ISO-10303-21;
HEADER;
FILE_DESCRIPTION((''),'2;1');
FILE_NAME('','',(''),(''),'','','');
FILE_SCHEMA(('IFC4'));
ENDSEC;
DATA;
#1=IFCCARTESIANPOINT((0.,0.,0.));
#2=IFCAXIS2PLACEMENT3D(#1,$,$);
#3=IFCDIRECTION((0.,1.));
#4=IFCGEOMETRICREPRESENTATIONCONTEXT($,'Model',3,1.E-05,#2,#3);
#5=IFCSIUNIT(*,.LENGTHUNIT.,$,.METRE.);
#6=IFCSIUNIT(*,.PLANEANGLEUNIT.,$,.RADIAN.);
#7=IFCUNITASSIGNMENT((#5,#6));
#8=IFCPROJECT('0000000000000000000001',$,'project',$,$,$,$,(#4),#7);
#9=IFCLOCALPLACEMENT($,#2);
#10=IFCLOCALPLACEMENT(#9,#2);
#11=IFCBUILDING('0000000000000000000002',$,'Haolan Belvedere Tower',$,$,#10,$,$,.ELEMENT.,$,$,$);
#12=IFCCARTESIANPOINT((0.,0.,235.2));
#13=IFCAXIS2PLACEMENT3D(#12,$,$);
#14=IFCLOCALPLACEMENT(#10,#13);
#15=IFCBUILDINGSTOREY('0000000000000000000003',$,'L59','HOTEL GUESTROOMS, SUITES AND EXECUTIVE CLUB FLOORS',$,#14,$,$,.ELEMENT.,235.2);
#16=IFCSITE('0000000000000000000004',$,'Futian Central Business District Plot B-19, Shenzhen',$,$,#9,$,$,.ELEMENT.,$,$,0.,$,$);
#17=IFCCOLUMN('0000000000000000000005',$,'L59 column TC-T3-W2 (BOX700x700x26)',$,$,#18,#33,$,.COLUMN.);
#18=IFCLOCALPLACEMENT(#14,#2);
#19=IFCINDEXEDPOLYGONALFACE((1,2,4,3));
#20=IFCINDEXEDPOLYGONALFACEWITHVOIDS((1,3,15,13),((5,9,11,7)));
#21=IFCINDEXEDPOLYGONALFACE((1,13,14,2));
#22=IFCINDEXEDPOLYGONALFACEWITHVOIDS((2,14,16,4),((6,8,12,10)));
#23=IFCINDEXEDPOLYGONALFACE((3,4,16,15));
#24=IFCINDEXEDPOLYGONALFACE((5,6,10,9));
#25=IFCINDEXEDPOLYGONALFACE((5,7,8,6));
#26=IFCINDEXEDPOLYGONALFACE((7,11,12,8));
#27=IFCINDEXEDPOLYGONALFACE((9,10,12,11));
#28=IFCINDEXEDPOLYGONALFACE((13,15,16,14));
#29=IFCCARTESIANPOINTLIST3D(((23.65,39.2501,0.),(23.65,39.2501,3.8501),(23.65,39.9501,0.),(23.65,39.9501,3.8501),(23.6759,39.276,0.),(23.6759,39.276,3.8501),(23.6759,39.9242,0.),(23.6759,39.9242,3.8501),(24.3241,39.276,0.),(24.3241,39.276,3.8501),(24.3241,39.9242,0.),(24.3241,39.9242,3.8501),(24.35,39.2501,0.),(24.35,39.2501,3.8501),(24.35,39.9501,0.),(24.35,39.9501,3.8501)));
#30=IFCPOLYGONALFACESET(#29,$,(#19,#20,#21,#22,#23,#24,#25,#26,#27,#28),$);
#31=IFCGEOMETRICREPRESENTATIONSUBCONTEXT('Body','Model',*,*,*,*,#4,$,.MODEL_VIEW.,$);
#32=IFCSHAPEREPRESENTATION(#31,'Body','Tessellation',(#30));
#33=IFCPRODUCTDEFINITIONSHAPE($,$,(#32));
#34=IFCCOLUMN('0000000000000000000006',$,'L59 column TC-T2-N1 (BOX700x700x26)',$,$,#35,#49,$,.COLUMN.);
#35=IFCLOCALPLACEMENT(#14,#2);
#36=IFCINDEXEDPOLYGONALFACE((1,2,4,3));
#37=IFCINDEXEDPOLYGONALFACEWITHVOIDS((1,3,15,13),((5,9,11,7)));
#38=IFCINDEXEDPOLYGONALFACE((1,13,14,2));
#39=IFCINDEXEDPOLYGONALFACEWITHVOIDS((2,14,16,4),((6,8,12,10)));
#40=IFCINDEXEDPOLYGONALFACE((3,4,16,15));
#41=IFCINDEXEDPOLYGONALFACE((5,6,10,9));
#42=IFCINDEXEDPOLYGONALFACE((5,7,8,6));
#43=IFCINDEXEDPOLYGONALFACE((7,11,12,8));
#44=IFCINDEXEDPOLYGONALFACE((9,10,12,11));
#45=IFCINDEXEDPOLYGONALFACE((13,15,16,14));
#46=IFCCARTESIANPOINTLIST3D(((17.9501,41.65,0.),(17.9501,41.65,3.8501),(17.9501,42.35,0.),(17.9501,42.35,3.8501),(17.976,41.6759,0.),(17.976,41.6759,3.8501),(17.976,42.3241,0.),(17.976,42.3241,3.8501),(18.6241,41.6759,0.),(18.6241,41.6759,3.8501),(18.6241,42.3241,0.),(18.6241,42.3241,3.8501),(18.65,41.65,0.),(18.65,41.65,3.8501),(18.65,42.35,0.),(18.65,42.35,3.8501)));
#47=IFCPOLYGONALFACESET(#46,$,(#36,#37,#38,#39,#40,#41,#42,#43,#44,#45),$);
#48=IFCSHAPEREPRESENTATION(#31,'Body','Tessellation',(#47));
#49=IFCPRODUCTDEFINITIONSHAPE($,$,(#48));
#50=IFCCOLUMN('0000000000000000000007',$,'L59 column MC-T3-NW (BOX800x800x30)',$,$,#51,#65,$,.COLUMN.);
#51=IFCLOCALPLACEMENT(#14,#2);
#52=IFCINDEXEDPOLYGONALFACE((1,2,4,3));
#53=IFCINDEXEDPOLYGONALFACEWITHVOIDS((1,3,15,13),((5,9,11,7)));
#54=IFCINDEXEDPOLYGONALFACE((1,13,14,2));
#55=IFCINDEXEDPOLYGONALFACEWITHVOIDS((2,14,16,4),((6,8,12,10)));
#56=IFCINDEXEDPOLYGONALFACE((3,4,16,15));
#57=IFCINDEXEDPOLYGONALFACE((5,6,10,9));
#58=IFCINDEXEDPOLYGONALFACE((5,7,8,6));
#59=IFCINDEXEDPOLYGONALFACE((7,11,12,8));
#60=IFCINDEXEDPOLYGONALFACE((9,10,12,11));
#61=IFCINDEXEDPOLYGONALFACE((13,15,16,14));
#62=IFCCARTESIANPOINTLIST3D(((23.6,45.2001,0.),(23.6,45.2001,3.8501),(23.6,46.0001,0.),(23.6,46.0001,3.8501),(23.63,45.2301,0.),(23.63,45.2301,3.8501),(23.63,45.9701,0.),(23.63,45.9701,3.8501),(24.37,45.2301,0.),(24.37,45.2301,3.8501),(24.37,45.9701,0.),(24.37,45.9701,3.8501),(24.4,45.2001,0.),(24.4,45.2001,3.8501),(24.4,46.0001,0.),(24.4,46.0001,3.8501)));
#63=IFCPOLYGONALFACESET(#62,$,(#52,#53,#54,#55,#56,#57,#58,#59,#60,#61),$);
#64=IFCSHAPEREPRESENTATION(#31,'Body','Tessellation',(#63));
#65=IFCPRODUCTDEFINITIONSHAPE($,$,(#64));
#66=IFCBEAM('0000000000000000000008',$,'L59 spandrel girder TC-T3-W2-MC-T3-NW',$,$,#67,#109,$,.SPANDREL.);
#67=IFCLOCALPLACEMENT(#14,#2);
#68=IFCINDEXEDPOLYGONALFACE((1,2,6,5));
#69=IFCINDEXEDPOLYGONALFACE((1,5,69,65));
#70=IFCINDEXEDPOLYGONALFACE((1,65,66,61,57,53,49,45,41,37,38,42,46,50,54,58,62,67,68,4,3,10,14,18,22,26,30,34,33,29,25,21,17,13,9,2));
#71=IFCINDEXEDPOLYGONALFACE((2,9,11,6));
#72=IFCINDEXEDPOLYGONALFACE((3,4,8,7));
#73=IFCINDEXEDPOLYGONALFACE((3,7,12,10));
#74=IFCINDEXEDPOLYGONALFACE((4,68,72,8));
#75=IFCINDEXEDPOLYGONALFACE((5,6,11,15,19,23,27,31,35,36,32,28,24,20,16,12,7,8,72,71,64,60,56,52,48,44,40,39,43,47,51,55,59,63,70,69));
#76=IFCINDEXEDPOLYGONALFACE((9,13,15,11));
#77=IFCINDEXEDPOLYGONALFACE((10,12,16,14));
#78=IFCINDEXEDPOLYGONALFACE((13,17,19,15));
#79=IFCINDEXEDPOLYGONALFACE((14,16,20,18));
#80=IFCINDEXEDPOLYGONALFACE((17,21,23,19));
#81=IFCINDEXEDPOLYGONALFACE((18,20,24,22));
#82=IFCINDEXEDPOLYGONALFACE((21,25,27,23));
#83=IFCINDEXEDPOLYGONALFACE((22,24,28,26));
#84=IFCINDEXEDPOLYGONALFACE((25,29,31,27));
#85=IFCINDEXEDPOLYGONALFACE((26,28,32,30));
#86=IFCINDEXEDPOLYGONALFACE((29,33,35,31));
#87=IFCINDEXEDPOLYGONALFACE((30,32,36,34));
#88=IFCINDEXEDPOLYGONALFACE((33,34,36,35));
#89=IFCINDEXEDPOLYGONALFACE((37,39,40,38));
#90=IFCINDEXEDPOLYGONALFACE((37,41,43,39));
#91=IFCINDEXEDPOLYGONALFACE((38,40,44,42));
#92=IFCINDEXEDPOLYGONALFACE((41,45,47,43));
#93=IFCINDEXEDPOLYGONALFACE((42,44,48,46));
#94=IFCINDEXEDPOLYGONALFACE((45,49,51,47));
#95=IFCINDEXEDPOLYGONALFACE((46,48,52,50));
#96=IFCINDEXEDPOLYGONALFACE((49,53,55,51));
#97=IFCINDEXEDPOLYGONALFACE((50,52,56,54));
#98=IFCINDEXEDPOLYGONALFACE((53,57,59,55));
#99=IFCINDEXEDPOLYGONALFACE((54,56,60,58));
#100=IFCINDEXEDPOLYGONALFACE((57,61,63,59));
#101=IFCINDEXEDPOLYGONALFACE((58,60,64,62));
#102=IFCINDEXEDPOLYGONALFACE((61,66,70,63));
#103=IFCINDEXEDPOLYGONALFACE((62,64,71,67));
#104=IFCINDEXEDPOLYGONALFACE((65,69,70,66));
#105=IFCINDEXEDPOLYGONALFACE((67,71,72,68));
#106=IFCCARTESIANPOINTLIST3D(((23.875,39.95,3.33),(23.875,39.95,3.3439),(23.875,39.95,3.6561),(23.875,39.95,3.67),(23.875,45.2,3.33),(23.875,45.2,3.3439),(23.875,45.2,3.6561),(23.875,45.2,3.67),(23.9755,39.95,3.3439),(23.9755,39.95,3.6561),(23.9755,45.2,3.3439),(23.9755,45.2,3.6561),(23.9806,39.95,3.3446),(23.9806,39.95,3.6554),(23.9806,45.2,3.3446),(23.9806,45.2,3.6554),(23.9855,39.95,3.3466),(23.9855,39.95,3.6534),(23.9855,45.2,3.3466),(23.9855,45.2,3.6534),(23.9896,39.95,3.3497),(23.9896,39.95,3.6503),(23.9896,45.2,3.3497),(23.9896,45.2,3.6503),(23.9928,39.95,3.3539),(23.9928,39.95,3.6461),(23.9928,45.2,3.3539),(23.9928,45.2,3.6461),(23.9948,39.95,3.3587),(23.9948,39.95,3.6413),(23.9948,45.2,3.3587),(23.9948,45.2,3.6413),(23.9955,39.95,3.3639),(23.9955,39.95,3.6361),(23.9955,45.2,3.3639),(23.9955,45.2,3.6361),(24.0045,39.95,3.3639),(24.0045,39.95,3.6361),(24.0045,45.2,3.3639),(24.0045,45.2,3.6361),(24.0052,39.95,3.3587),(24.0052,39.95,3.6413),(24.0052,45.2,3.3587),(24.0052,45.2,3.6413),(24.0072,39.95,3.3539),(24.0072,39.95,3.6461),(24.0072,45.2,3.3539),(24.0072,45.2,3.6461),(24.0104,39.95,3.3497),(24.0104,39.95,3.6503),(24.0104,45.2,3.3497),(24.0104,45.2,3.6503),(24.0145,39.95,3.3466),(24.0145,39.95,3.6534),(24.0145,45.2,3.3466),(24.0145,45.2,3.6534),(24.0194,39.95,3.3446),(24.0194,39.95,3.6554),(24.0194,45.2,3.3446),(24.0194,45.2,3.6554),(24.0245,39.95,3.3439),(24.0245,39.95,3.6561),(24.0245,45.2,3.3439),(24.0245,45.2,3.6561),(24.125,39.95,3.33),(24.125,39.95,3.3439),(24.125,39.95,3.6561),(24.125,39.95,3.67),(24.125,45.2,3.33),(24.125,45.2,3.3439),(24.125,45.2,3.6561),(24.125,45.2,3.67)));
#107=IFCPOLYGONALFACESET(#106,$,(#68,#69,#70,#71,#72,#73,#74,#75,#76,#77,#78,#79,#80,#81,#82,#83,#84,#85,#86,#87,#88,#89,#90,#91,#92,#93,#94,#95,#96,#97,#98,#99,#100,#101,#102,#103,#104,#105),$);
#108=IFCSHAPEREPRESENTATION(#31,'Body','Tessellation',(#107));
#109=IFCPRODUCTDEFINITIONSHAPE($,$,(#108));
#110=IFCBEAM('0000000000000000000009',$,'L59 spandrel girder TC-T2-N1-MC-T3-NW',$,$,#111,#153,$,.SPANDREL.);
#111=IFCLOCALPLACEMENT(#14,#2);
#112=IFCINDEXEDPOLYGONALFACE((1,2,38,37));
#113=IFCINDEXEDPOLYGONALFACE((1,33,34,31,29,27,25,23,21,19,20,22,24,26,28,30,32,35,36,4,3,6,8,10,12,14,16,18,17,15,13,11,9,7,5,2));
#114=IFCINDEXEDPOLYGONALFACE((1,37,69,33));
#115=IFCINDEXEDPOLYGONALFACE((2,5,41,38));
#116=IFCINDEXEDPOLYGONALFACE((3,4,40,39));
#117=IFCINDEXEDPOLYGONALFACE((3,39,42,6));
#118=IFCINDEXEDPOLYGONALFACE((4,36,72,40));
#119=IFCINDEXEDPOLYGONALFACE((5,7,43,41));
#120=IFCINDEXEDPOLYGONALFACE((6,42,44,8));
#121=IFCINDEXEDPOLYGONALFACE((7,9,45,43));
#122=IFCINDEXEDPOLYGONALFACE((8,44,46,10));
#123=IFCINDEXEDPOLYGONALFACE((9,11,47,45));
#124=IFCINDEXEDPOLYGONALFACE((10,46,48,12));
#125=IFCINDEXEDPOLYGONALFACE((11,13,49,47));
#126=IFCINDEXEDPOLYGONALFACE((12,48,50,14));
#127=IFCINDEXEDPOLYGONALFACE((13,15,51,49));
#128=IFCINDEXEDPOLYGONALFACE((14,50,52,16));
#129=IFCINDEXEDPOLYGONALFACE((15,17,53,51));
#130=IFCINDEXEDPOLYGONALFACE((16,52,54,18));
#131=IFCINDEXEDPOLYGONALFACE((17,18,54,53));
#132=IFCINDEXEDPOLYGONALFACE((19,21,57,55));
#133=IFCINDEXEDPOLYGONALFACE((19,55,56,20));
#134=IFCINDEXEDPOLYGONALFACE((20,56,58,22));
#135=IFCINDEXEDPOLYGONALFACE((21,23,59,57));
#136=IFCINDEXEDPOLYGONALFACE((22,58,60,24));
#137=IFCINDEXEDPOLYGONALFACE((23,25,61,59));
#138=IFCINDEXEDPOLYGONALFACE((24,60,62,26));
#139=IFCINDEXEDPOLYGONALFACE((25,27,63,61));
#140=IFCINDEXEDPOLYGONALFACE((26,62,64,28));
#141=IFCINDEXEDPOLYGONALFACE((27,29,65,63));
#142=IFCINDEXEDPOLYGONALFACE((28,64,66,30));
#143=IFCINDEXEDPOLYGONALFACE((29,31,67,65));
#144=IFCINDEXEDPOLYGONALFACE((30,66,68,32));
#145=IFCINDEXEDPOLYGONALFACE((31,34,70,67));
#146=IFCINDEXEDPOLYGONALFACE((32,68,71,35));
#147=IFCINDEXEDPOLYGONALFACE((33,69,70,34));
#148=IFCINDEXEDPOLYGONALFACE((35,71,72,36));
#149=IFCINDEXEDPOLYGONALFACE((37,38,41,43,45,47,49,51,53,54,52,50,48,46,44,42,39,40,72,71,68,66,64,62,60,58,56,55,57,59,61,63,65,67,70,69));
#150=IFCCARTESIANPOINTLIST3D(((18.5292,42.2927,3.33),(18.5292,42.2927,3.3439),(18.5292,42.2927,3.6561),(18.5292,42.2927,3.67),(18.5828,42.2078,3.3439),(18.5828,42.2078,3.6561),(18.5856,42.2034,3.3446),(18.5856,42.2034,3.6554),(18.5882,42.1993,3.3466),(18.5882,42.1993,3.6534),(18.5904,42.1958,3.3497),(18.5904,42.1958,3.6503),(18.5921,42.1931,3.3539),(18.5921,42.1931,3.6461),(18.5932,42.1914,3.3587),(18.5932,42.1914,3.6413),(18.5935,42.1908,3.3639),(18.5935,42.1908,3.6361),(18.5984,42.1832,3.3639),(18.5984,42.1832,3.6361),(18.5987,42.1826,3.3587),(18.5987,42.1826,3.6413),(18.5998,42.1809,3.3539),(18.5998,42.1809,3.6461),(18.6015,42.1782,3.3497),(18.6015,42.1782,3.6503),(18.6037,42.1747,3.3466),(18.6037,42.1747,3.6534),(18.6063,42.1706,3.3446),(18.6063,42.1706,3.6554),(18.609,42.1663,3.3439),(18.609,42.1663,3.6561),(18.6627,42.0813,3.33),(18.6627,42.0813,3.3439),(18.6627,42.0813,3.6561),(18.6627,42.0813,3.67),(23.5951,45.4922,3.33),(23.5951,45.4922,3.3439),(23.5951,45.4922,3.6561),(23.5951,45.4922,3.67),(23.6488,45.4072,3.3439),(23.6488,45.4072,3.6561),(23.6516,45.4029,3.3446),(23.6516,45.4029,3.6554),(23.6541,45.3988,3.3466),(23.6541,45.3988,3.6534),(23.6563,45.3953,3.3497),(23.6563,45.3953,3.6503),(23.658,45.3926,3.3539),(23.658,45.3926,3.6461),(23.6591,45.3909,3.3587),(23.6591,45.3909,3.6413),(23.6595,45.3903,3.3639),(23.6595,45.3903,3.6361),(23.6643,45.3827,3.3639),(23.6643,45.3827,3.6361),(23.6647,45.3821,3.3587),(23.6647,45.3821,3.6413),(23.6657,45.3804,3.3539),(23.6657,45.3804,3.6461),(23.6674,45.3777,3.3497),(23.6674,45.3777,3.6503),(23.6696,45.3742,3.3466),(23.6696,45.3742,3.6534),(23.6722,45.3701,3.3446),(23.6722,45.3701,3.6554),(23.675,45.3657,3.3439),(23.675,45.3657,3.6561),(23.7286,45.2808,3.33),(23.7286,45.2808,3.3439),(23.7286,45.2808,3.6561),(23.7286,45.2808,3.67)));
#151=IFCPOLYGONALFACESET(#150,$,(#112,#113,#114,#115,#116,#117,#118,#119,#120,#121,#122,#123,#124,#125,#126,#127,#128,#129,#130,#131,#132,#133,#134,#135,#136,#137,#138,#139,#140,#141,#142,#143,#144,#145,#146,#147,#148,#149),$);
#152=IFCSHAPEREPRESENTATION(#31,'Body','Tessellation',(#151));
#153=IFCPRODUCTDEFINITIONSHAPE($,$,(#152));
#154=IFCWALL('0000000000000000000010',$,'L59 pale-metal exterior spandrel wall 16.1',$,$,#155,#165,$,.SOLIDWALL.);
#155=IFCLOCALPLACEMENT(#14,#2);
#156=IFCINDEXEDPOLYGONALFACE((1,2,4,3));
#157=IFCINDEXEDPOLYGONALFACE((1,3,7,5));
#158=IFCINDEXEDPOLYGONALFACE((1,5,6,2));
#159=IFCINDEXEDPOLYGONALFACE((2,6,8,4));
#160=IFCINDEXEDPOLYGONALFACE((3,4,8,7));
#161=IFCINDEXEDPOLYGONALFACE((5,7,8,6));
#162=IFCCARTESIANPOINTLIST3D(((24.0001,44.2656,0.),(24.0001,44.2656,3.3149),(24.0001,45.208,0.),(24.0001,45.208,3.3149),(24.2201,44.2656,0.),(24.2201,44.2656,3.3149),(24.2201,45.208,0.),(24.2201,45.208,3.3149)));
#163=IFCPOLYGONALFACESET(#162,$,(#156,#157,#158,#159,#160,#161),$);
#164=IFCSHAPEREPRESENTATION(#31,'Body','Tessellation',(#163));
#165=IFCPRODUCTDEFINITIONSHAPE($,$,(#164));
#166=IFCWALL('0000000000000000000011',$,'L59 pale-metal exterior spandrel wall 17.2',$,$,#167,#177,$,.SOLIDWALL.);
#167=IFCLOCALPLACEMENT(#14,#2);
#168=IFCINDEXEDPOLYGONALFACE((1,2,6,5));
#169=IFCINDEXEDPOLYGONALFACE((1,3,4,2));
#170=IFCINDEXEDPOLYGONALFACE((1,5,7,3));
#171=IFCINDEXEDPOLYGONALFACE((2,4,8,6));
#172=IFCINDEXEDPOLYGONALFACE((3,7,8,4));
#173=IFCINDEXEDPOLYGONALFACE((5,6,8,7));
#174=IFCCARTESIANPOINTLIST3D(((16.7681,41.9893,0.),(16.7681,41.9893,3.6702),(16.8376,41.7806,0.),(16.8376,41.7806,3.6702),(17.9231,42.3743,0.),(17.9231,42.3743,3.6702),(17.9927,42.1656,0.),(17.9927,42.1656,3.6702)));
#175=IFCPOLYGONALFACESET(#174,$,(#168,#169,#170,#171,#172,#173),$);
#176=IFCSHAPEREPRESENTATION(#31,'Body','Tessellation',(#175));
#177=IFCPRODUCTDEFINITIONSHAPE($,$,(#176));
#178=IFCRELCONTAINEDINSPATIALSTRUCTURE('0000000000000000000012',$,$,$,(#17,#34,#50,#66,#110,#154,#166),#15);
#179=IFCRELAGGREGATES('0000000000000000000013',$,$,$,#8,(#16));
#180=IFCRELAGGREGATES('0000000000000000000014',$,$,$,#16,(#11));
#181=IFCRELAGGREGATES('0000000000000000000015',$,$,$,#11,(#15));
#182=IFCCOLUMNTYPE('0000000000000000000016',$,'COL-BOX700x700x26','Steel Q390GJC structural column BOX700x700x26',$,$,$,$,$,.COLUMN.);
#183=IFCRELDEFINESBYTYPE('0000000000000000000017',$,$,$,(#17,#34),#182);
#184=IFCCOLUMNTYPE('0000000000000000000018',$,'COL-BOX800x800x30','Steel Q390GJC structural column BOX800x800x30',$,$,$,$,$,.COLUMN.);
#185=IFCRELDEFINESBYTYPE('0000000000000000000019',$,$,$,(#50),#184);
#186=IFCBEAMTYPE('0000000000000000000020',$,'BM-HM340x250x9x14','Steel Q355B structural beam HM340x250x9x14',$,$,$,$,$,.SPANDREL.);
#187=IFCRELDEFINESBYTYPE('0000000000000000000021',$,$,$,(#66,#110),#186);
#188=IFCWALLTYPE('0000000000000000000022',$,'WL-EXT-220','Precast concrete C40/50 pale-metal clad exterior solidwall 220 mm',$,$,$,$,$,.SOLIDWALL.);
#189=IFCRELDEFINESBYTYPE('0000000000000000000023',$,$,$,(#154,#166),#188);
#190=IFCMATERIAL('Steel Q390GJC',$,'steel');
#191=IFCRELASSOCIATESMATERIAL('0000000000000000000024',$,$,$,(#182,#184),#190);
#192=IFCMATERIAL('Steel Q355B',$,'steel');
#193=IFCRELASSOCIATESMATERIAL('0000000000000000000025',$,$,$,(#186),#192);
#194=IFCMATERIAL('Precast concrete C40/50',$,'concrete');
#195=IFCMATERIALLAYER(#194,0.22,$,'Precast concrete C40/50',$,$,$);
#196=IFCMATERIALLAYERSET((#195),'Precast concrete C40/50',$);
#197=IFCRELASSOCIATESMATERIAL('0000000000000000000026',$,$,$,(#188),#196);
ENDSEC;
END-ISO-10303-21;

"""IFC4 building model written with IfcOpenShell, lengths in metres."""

from ifc_helpers import new_model, si_unit, direction, frame, frame_2d, origin, origin_2d, place, context, subcontext, project, spatial, rectangle, hollow_rectangle, i_section, extrude, material, layer, layer_set, material_profile, profile_set, type_object, element, save


model = new_model("IFC4")

# Units and contexts
model_context = context("Model", 3, precision=1e-05, world=origin(), true_north=direction((0.0, 1.0)))
body_context = subcontext(model_context, "Body", "Model", "MODEL_VIEW")
ifc_project = project(units=[si_unit("LENGTHUNIT", "METRE"), si_unit("PLANEANGLEUNIT", "RADIAN")], contexts=[model_context])

# Site, building, storey
site_placement = place(None, origin())
site = spatial("IfcSite", under=ifc_project, at=site_placement, Name="Futian Central Business District Plot B-19, Shenzhen", CompositionType="ELEMENT", RefElevation=0.0)
building_placement = place(site_placement, origin())
building = spatial("IfcBuilding", under=site, at=building_placement, Name="Haolan Belvedere Tower", CompositionType="ELEMENT")
storey_placement = place(building_placement, frame((0.0, 0.0, 235.2)))
storey = spatial("IfcBuildingStorey", under=building, at=storey_placement, Name="L59", Description="HOTEL GUESTROOMS, SUITES AND EXECUTIVE CLUB FLOORS", CompositionType="ELEMENT", Elevation=235.2)

# Columns
ifc_material_1 = material(Name="Steel Q390GJC", Category="steel")
ifc_material_profile_1 = material_profile(ifc_material_1, hollow_rectangle(XDim=0.7, YDim=0.7, WallThickness=0.0259, at=origin_2d()), Name="Steel Q390GJC")
ifc_profile_set_1 = profile_set([ifc_material_profile_1], Name="Steel Q390GJC")
column_type_1 = type_object("IfcColumnType", Name="COL-BOX700x700x26", Description="Steel Q390GJC structural column BOX700x700x26", PredefinedType="COLUMN", material=ifc_profile_set_1)
for number, where, z_axis, x_axis, name in (
    (1, (24.0, 39.6001, 0.0), (0.0, 0.0, 1.0), (1.0, 0.0, 0.0), "L59 column TC-T3-W2 (BOX700x700x26)"),
    (2, (18.3, 42.0, 0.0), (0.0, 0.0, 1.0), (1.0, 0.0, 0.0), "L59 column TC-T2-N1 (BOX700x700x26)"),
):
    element("IfcColumn", number, at=place(storey_placement, frame(where, z_axis=z_axis, x_axis=x_axis)), inside=storey, type_object=column_type_1, Name=name, PredefinedType="COLUMN", context=body_context, shape_type="SweptSolid", body=[
        extrude(hollow_rectangle(XDim=0.7, YDim=0.7, WallThickness=0.0259, at=origin_2d()), origin(), (0.0, 0.0, 1.0), 3.8501),
    ])
ifc_material_profile_2 = material_profile(ifc_material_1, hollow_rectangle(XDim=0.8, YDim=0.8, WallThickness=0.03, at=origin_2d()), Name="Steel Q390GJC")
ifc_profile_set_2 = profile_set([ifc_material_profile_2], Name="Steel Q390GJC")
column_type_2 = type_object("IfcColumnType", Name="COL-BOX800x800x30", Description="Steel Q390GJC structural column BOX800x800x30", PredefinedType="COLUMN", material=ifc_profile_set_2)
column_placement = place(storey_placement, frame((24.0, 45.6001, 0.0), z_axis=(0.0, 0.0, 1.0), x_axis=(1.0, 0.0, 0.0)))
element("IfcColumn", 3, at=column_placement, inside=storey, type_object=column_type_2, Name="L59 column MC-T3-NW (BOX800x800x30)", PredefinedType="COLUMN", context=body_context, shape_type="SweptSolid", body=[
    extrude(hollow_rectangle(XDim=0.8, YDim=0.8, WallThickness=0.03, at=origin_2d()), origin(), (0.0, 0.0, 1.0), 3.8501),
])

# Beams
ifc_material_2 = material(Name="Steel Q355B", Category="steel")
ifc_material_profile_3 = material_profile(ifc_material_2, i_section(OverallWidth=0.25, OverallDepth=0.3401, WebThickness=0.009, FlangeThickness=0.0139, FilletRadius=0.02, at=origin_2d()), Name="Steel Q355B")
ifc_profile_set_3 = profile_set([ifc_material_profile_3], Name="Steel Q355B")
beam_type = type_object("IfcBeamType", Name="BM-HM340x250x9x14", Description="Steel Q355B structural beam HM340x250x9x14", PredefinedType="SPANDREL", material=ifc_profile_set_3)
beam_1_placement = place(storey_placement, frame((24.0, 39.95, 3.5), z_axis=(0.0, 1.0, 0.0), x_axis=(-1.0, 0.0, 0.0)))
element("IfcBeam", 4, at=beam_1_placement, inside=storey, type_object=beam_type, Name="L59 spandrel girder TC-T3-W2-MC-T3-NW", PredefinedType="SPANDREL", context=body_context, shape_type="SweptSolid", body=[
    extrude(i_section(OverallWidth=0.25, OverallDepth=0.3401, WebThickness=0.009, FlangeThickness=0.0139, FilletRadius=0.02, at=origin_2d()), origin(), (0.0, 0.0, 1.0), 5.25),
])
beam_2_placement = place(storey_placement, frame((18.5959, 42.187, 3.5), z_axis=(0.845494, 0.533985, 0.0), x_axis=(-0.533985, 0.845494, 0.0)))
element("IfcBeam", 5, at=beam_2_placement, inside=storey, type_object=beam_type, Name="L59 spandrel girder TC-T2-N1-MC-T3-NW", PredefinedType="SPANDREL", context=body_context, shape_type="SweptSolid", body=[
    extrude(i_section(OverallWidth=0.25, OverallDepth=0.3401, WebThickness=0.009, FlangeThickness=0.0139, FilletRadius=0.02, at=origin_2d()), origin(), (0.0, 0.0, 1.0), 5.9917),
])

# Walls
ifc_material_3 = material(Name="Precast concrete C40/50", Category="concrete")
ifc_layer_1 = layer(ifc_material_3, 0.22, Name="Precast concrete C40/50")
ifc_layer_set_1 = layer_set([ifc_layer_1], Name="Precast concrete C40/50")
wall_type_1 = type_object("IfcWallType", Name="WL-EXT-220", Description="Precast concrete C40/50 pale-metal clad exterior solidwall 220 mm", PredefinedType="SOLIDWALL", material=ifc_layer_set_1)
wall_1_placement = place(storey_placement, frame((24.1101, 45.208, 0.0), z_axis=(0.0, 0.0, 1.0), x_axis=(0.0, -1.0, 0.0)))
element("IfcWall", 6, at=wall_1_placement, inside=storey, type_object=wall_type_1, Name="L59 pale-metal exterior spandrel wall 16.1", PredefinedType="SOLIDWALL", context=body_context, shape_type="SweptSolid", body=[
    extrude(rectangle(XDim=0.9424, YDim=0.22, at=frame_2d((0.4712, 0.0))), origin(), (0.0, 0.0, 1.0), 3.3149),
])
wall_2_placement = place(storey_placement, frame((17.958, 42.27, 0.0), z_axis=(0.0, 0.0, 1.0), x_axis=(-0.948683, -0.316228, 0.0)))
element("IfcWall", 7, at=wall_2_placement, inside=storey, type_object=wall_type_1, Name="L59 pale-metal exterior spandrel wall 17.2", PredefinedType="SOLIDWALL", context=body_context, shape_type="SweptSolid", body=[
    extrude(rectangle(XDim=1.2175, YDim=0.22, at=frame_2d((0.6089, 0.0))), origin(), (0.0, 0.0, 1.0), 3.6702),
])

save(model, "model.ifc")
